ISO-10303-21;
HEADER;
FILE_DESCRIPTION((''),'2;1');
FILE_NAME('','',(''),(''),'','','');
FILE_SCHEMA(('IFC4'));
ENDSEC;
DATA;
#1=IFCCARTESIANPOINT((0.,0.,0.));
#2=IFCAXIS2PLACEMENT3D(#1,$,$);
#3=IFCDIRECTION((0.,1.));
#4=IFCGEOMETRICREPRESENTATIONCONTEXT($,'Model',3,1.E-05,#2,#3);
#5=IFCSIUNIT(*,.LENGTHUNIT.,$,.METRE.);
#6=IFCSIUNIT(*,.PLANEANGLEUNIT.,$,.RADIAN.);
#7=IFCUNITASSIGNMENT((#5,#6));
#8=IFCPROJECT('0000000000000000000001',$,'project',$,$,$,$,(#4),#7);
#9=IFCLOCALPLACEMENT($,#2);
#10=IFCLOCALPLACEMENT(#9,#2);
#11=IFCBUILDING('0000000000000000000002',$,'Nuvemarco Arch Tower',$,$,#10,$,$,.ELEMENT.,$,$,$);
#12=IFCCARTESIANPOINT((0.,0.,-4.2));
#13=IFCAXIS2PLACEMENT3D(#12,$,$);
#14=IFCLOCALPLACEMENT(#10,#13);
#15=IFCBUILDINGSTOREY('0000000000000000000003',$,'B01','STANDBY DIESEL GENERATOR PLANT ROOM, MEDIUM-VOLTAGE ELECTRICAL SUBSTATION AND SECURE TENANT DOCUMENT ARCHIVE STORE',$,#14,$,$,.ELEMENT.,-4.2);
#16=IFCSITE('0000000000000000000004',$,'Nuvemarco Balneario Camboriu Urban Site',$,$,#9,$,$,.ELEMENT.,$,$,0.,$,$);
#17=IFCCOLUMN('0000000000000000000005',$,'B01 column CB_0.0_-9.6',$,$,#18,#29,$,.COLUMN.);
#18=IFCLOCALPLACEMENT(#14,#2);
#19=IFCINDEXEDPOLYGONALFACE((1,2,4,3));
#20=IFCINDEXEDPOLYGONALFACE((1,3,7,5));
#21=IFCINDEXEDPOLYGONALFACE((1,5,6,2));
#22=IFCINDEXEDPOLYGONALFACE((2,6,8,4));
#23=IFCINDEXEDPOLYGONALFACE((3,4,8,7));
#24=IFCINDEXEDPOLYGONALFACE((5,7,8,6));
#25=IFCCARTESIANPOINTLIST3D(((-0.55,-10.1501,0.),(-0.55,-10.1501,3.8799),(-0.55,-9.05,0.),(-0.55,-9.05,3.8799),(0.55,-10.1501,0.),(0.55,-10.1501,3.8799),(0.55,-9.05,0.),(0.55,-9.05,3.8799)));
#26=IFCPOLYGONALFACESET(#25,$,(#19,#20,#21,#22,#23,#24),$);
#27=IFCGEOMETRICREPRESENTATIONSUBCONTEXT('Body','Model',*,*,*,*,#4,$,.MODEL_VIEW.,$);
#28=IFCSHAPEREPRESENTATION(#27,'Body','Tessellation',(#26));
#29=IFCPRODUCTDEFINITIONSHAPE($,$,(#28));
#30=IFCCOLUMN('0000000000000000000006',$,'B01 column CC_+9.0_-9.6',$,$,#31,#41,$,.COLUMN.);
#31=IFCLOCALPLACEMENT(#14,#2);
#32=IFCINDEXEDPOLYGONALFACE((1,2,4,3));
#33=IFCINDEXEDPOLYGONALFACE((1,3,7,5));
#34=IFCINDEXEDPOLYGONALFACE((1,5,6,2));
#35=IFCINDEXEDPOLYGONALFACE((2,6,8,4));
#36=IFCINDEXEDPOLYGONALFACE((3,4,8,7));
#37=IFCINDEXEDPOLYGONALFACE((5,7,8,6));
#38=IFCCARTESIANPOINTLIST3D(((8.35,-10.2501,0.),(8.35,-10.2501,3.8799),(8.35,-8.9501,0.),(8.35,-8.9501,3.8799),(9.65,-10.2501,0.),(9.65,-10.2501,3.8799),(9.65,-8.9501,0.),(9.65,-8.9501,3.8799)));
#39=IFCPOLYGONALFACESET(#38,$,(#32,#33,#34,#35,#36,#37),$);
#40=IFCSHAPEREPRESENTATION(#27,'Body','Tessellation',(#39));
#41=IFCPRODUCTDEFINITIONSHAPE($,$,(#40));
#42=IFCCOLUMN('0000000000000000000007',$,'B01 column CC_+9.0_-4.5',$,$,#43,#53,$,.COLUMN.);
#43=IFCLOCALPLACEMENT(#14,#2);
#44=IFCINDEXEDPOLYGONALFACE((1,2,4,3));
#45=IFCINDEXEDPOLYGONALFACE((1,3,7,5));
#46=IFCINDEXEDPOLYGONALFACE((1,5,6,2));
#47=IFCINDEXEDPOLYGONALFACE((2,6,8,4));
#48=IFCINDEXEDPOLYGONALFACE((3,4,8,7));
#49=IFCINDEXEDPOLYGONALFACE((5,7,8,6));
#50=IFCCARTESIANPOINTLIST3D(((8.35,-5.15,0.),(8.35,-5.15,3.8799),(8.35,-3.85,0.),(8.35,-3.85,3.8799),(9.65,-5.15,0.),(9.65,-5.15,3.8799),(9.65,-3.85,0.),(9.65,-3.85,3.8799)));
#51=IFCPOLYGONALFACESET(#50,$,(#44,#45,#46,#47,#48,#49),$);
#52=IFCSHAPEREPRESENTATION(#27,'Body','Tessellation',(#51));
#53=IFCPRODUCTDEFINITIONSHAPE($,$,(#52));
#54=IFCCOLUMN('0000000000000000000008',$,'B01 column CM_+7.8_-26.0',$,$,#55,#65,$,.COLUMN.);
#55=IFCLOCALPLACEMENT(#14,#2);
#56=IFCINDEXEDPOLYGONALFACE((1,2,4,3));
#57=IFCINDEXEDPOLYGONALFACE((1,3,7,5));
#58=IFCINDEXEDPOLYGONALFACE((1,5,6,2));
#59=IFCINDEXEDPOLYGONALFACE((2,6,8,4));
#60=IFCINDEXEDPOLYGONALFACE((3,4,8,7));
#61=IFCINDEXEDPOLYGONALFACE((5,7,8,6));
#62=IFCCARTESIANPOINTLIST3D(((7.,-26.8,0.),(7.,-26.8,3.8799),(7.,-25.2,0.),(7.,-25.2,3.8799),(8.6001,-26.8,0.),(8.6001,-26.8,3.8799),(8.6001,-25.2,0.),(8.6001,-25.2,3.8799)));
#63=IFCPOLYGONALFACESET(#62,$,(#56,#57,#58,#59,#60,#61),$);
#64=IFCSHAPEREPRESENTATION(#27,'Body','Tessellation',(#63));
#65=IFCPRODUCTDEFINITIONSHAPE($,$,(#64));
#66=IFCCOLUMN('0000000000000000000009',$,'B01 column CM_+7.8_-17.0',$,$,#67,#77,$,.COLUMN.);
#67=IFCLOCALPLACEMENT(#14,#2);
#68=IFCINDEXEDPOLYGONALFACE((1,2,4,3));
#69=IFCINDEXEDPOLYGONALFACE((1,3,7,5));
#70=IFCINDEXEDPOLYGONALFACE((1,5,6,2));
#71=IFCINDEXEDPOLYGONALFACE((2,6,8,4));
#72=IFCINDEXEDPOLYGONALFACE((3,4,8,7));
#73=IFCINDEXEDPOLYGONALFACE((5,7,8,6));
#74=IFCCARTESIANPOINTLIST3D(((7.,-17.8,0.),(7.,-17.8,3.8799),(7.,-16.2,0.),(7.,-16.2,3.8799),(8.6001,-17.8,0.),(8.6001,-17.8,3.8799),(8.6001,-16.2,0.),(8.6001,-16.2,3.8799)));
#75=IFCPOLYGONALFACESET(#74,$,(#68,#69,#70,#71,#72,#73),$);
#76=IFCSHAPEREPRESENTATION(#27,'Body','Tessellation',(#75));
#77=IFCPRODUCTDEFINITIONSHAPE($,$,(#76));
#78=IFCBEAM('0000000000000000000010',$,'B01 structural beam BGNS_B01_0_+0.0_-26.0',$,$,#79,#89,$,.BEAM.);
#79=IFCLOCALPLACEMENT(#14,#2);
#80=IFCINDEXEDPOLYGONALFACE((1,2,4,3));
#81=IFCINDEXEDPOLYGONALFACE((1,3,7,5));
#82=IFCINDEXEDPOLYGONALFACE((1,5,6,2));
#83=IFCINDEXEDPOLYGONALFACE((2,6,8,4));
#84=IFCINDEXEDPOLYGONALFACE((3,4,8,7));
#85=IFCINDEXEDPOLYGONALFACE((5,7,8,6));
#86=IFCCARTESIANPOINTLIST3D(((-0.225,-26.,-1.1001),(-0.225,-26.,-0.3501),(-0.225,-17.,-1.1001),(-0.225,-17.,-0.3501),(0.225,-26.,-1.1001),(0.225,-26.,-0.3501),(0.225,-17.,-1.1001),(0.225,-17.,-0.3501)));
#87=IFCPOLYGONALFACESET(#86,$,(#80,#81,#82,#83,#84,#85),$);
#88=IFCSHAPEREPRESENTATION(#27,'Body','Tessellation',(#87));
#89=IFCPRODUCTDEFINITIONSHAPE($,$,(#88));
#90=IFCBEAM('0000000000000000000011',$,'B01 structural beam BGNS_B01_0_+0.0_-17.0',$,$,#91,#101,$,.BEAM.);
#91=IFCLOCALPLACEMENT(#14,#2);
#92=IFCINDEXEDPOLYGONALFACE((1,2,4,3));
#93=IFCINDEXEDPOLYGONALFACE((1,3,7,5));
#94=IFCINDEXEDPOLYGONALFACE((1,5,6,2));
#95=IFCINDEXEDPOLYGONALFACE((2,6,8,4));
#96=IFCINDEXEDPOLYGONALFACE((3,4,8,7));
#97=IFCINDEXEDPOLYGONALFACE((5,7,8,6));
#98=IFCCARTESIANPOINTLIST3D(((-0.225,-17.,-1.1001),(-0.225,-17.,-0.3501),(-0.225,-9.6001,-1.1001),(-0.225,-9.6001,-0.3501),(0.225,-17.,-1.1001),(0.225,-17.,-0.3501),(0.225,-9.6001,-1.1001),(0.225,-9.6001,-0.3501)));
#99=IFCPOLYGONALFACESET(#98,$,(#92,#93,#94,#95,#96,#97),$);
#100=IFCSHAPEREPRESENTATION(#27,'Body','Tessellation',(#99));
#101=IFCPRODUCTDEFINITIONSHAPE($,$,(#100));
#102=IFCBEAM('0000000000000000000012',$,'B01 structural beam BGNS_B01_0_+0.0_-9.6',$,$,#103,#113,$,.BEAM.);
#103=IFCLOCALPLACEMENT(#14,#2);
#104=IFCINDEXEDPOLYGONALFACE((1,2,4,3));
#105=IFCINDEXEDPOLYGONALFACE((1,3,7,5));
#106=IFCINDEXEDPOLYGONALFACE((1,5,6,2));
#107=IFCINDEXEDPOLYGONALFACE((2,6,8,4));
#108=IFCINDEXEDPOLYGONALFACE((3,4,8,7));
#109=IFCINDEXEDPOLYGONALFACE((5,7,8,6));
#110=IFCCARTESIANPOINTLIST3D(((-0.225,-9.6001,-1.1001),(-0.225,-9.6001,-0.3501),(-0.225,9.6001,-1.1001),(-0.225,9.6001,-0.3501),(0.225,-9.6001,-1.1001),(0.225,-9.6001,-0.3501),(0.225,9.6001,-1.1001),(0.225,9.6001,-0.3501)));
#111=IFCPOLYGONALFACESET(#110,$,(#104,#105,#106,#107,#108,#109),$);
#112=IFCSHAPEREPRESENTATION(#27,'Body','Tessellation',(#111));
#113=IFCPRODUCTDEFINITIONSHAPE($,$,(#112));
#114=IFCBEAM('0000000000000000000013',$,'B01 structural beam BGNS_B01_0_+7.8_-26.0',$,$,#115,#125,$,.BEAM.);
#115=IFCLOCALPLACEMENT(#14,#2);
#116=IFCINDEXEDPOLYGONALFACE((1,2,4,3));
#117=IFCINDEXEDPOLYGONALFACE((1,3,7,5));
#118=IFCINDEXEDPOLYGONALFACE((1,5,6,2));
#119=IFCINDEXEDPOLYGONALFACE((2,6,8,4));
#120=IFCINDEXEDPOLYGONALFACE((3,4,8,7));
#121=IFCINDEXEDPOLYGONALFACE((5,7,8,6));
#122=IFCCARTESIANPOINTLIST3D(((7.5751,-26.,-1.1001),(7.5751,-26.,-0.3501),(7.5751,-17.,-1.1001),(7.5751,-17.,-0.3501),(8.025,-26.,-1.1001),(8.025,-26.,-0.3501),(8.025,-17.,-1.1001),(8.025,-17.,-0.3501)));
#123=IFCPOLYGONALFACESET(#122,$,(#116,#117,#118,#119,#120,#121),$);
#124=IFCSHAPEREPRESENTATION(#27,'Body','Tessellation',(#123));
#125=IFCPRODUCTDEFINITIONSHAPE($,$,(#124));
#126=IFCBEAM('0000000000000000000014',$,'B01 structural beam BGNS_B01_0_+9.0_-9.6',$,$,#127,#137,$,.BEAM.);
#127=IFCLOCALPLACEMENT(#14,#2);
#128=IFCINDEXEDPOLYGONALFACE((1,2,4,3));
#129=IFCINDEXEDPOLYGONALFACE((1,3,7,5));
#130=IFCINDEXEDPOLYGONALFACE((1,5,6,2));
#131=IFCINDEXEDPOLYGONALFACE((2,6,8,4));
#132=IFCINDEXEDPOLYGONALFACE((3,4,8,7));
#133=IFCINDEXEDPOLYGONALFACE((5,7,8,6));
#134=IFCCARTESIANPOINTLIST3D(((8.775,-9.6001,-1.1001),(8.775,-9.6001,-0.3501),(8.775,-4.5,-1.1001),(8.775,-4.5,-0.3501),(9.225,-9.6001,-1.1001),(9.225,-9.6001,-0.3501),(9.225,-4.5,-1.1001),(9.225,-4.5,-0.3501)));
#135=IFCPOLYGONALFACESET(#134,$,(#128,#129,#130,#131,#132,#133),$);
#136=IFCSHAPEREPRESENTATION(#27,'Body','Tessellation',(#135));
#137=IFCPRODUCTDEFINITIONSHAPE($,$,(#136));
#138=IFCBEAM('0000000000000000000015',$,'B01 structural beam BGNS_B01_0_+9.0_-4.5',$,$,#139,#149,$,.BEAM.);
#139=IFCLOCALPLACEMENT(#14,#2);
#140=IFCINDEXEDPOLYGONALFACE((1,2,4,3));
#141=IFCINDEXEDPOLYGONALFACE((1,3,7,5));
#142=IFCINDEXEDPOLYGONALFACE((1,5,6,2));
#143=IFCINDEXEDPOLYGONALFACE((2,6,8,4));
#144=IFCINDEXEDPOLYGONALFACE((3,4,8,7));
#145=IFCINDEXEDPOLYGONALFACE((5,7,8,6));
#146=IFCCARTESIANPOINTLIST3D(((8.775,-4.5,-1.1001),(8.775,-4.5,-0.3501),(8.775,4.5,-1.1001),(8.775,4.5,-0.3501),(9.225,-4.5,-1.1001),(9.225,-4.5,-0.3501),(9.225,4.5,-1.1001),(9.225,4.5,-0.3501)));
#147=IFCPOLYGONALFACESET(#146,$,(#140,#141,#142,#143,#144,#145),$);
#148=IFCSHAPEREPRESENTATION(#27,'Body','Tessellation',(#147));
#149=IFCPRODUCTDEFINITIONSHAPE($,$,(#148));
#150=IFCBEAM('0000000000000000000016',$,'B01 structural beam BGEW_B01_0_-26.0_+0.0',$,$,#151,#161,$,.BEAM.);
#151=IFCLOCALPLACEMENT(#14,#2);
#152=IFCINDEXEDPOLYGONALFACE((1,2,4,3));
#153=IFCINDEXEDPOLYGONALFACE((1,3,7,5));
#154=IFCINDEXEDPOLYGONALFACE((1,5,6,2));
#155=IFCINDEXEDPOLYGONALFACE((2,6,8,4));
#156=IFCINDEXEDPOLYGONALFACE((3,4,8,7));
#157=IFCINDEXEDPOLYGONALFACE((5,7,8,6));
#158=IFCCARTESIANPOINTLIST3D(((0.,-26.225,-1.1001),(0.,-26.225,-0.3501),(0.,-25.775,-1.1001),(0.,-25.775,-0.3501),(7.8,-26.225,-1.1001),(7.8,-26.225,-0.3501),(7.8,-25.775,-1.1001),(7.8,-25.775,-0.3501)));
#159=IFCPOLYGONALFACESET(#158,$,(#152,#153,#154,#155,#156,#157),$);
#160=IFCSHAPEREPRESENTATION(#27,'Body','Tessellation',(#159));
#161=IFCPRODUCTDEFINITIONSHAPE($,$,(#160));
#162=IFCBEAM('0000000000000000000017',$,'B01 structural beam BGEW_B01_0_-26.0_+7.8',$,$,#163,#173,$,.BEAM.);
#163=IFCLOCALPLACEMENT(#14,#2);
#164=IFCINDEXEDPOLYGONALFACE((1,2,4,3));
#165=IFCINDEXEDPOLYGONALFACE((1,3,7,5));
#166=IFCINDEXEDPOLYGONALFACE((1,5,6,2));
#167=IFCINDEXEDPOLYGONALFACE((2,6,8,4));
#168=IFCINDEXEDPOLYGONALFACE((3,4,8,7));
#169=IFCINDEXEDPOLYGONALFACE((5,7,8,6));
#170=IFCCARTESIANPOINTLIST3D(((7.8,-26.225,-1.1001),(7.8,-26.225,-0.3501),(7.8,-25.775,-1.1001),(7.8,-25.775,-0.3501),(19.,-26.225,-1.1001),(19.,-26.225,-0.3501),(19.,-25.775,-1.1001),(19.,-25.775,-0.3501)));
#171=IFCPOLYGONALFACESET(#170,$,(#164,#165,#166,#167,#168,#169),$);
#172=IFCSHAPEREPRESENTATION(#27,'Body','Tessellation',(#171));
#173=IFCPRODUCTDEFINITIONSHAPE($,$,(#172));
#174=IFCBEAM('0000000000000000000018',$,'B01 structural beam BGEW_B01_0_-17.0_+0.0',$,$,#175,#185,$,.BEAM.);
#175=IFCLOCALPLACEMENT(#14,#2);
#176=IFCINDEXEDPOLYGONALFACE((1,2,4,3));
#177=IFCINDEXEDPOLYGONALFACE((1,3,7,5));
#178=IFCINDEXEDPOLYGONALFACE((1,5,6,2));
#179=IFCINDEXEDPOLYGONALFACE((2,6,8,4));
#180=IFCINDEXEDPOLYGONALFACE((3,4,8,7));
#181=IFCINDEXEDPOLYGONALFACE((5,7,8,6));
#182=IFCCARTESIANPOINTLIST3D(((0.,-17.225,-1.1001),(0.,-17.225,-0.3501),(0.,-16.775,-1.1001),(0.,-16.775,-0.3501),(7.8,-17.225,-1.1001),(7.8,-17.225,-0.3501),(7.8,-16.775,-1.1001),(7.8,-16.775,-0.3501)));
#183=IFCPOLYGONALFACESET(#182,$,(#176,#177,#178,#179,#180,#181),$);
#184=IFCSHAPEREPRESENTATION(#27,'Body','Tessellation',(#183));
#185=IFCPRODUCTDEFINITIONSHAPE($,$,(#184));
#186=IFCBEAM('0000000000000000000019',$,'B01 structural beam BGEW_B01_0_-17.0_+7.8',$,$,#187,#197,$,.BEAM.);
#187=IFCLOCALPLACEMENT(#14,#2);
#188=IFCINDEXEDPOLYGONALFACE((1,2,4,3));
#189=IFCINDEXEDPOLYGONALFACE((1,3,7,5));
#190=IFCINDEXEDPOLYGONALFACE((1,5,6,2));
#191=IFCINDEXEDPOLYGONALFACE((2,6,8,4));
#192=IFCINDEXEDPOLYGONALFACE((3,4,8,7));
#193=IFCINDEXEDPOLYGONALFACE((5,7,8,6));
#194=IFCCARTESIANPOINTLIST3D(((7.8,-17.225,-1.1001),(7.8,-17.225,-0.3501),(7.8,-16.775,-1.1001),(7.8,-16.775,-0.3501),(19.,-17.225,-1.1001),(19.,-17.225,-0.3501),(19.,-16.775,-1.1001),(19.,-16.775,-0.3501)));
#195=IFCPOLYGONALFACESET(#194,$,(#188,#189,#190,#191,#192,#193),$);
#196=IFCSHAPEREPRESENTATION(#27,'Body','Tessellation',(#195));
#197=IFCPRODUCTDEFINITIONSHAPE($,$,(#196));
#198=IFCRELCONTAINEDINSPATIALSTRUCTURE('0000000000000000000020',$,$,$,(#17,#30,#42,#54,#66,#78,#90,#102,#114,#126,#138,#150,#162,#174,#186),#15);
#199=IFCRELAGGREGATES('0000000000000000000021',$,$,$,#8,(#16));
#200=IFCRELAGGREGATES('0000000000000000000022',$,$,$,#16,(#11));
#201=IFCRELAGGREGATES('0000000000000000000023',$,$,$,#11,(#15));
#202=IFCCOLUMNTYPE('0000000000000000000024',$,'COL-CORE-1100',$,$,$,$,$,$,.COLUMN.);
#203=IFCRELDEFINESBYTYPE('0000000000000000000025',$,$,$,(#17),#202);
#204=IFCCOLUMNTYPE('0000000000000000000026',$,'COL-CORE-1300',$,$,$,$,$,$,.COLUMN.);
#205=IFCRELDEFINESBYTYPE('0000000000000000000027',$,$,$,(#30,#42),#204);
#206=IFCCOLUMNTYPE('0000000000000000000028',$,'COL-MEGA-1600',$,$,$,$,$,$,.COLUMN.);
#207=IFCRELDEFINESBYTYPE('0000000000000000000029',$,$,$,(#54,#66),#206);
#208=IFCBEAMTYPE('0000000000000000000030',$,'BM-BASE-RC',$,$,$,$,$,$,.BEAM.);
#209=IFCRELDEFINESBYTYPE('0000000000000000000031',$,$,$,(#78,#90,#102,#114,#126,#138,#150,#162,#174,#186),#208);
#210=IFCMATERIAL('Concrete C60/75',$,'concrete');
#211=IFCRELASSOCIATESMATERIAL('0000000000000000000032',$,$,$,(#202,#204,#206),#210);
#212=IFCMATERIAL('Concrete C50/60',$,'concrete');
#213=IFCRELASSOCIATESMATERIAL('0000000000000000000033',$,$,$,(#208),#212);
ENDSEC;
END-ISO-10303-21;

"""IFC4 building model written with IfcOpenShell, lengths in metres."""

from ifc_helpers import new_model, si_unit, direction, frame, origin, origin_2d, place, context, subcontext, project, spatial, rectangle, extrude, material, material_profile, profile_set, type_object, element, save


model = new_model("IFC4")

# Units and contexts
model_context = context("Model", 3, precision=1e-05, world=origin(), true_north=direction((0.0, 1.0)))
body_context = subcontext(model_context, "Body", "Model", "MODEL_VIEW")
ifc_project = project(units=[si_unit("LENGTHUNIT", "METRE"), si_unit("PLANEANGLEUNIT", "RADIAN")], contexts=[model_context])

# Site, building, storey
site_placement = place(None, origin())
site = spatial("IfcSite", under=ifc_project, at=site_placement, Name="Nuvemarco Balneario Camboriu Urban Site", CompositionType="ELEMENT", RefElevation=0.0)
building_placement = place(site_placement, origin())
building = spatial("IfcBuilding", under=site, at=building_placement, Name="Nuvemarco Arch Tower", CompositionType="ELEMENT")
storey_placement = place(building_placement, frame((0.0, 0.0, -4.2)))
storey = spatial("IfcBuildingStorey", under=building, at=storey_placement, Name="B01", Description="STANDBY DIESEL GENERATOR PLANT ROOM, MEDIUM-VOLTAGE ELECTRICAL SUBSTATION AND SECURE TENANT DOCUMENT ARCHIVE STORE", CompositionType="ELEMENT", Elevation=-4.2)

# Columns
ifc_material_1 = material(Name="Concrete C60/75", Category="concrete")
ifc_material_profile_1 = material_profile(ifc_material_1, rectangle(XDim=1.1001, YDim=1.1001, at=origin_2d()), Name="RC-COL-1100x1100")
ifc_profile_set_1 = profile_set([ifc_material_profile_1], Name="Concrete C60/75")
column_type_1 = type_object("IfcColumnType", Name="COL-CORE-1100", PredefinedType="COLUMN", material=ifc_profile_set_1)
column_placement = place(storey_placement, frame((0.0, -9.6001, 0.0), z_axis=(0.0, 0.0, 1.0), x_axis=(1.0, 0.0, 0.0)))
element("IfcColumn", 1, at=column_placement, inside=storey, type_object=column_type_1, Name="B01 column CB_0.0_-9.6", PredefinedType="COLUMN", context=body_context, shape_type="SweptSolid", body=[
    extrude(rectangle(XDim=1.1001, YDim=1.1001, at=origin_2d()), origin(), (0.0, 0.0, 1.0), 3.8799),
])
ifc_material_profile_2 = material_profile(ifc_material_1, rectangle(XDim=1.3, YDim=1.3, at=origin_2d()), Name="RC-COL-1300x1300")
ifc_profile_set_2 = profile_set([ifc_material_profile_2], Name="Concrete C60/75")
column_type_2 = type_object("IfcColumnType", Name="COL-CORE-1300", PredefinedType="COLUMN", material=ifc_profile_set_2)
for number, where, z_axis, x_axis, name in (
    (2, (9.0, -9.6001, 0.0), (0.0, 0.0, 1.0), (1.0, 0.0, 0.0), "B01 column CC_+9.0_-9.6"),
    (3, (9.0, -4.5, 0.0), (0.0, 0.0, 1.0), (1.0, 0.0, 0.0), "B01 column CC_+9.0_-4.5"),
):
    element("IfcColumn", number, at=place(storey_placement, frame(where, z_axis=z_axis, x_axis=x_axis)), inside=storey, type_object=column_type_2, Name=name, PredefinedType="COLUMN", context=body_context, shape_type="SweptSolid", body=[
        extrude(rectangle(XDim=1.3, YDim=1.3, at=origin_2d()), origin(), (0.0, 0.0, 1.0), 3.8799),
    ])
ifc_material_profile_3 = material_profile(ifc_material_1, rectangle(XDim=1.6001, YDim=1.6001, at=origin_2d()), Name="RC-COL-1600x1600")
ifc_profile_set_3 = profile_set([ifc_material_profile_3], Name="Concrete C60/75")
column_type_3 = type_object("IfcColumnType", Name="COL-MEGA-1600", PredefinedType="COLUMN", material=ifc_profile_set_3)
for number, where, z_axis, x_axis, name in (
    (4, (7.8, -26.0, 0.0), (0.0, 0.0, 1.0), (1.0, 0.0, 0.0), "B01 column CM_+7.8_-26.0"),
    (5, (7.8, -17.0, 0.0), (0.0, 0.0, 1.0), (1.0, 0.0, 0.0), "B01 column CM_+7.8_-17.0"),
):
    element("IfcColumn", number, at=place(storey_placement, frame(where, z_axis=z_axis, x_axis=x_axis)), inside=storey, type_object=column_type_3, Name=name, PredefinedType="COLUMN", context=body_context, shape_type="SweptSolid", body=[
        extrude(rectangle(XDim=1.6001, YDim=1.6001, at=origin_2d()), origin(), (0.0, 0.0, 1.0), 3.8799),
    ])

# Beams
ifc_material_2 = material(Name="Concrete C50/60", Category="concrete")
ifc_material_profile_4 = material_profile(ifc_material_2, rectangle(XDim=0.45, YDim=0.75, at=origin_2d()), Name="RC-BM-450x750")
ifc_profile_set_4 = profile_set([ifc_material_profile_4], Name="Concrete C50/60")
beam_type_1 = type_object("IfcBeamType", Name="BM-BASE-RC", PredefinedType="BEAM", material=ifc_profile_set_4)
beam_1_placement = place(storey_placement, frame((0.0, -26.0, -0.7251), z_axis=(0.0, 1.0, 0.0), x_axis=(-1.0, 0.0, 0.0)))
element("IfcBeam", 6, at=beam_1_placement, inside=storey, type_object=beam_type_1, Name="B01 structural beam BGNS_B01_0_+0.0_-26.0", PredefinedType="BEAM", context=body_context, shape_type="SweptSolid", body=[
    extrude(rectangle(XDim=0.45, YDim=0.75, at=origin_2d()), origin(), (0.0, 0.0, 1.0), 9.0),
])
beam_2_placement = place(storey_placement, frame((0.0, -17.0, -0.7251), z_axis=(0.0, 1.0, 0.0), x_axis=(-1.0, 0.0, 0.0)))
element("IfcBeam", 7, at=beam_2_placement, inside=storey, type_object=beam_type_1, Name="B01 structural beam BGNS_B01_0_+0.0_-17.0", PredefinedType="BEAM", context=body_context, shape_type="SweptSolid", body=[
    extrude(rectangle(XDim=0.45, YDim=0.75, at=origin_2d()), origin(), (0.0, 0.0, 1.0), 7.3999),
])
beam_3_placement = place(storey_placement, frame((0.0, -9.6001, -0.7251), z_axis=(0.0, 1.0, 0.0), x_axis=(-1.0, 0.0, 0.0)))
element("IfcBeam", 8, at=beam_3_placement, inside=storey, type_object=beam_type_1, Name="B01 structural beam BGNS_B01_0_+0.0_-9.6", PredefinedType="BEAM", context=body_context, shape_type="SweptSolid", body=[
    extrude(rectangle(XDim=0.45, YDim=0.75, at=origin_2d()), origin(), (0.0, 0.0, 1.0), 19.2002),
])
beam_4_placement = place(storey_placement, frame((7.8, -26.0, -0.7251), z_axis=(0.0, 1.0, 0.0), x_axis=(-1.0, 0.0, 0.0)))
element("IfcBeam", 9, at=beam_4_placement, inside=storey, type_object=beam_type_1, Name="B01 structural beam BGNS_B01_0_+7.8_-26.0", PredefinedType="BEAM", context=body_context, shape_type="SweptSolid", body=[
    extrude(rectangle(XDim=0.45, YDim=0.75, at=origin_2d()), origin(), (0.0, 0.0, 1.0), 9.0),
])
beam_5_placement = place(storey_placement, frame((9.0, -9.6001, -0.7251), z_axis=(0.0, 1.0, 0.0), x_axis=(-1.0, 0.0, 0.0)))
element("IfcBeam", 10, at=beam_5_placement, inside=storey, type_object=beam_type_1, Name="B01 structural beam BGNS_B01_0_+9.0_-9.6", PredefinedType="BEAM", context=body_context, shape_type="SweptSolid", body=[
    extrude(rectangle(XDim=0.45, YDim=0.75, at=origin_2d()), origin(), (0.0, 0.0, 1.0), 5.1001),
])
beam_6_placement = place(storey_placement, frame((9.0, -4.5, -0.7251), z_axis=(0.0, 1.0, 0.0), x_axis=(-1.0, 0.0, 0.0)))
element("IfcBeam", 11, at=beam_6_placement, inside=storey, type_object=beam_type_1, Name="B01 structural beam BGNS_B01_0_+9.0_-4.5", PredefinedType="BEAM", context=body_context, shape_type="SweptSolid", body=[
    extrude(rectangle(XDim=0.45, YDim=0.75, at=origin_2d()), origin(), (0.0, 0.0, 1.0), 9.0),
])
beam_7_placement = place(storey_placement, frame((0.0, -26.0, -0.7251), z_axis=(1.0, 0.0, 0.0), x_axis=(0.0, 1.0, 0.0)))
element("IfcBeam", 12, at=beam_7_placement, inside=storey, type_object=beam_type_1, Name="B01 structural beam BGEW_B01_0_-26.0_+0.0", PredefinedType="BEAM", context=body_context, shape_type="SweptSolid", body=[
    extrude(rectangle(XDim=0.45, YDim=0.75, at=origin_2d()), origin(), (0.0, 0.0, 1.0), 7.8),
])
beam_8_placement = place(storey_placement, frame((7.8, -26.0, -0.7251), z_axis=(1.0, 0.0, 0.0), x_axis=(0.0, 1.0, 0.0)))
element("IfcBeam", 13, at=beam_8_placement, inside=storey, type_object=beam_type_1, Name="B01 structural beam BGEW_B01_0_-26.0_+7.8", PredefinedType="BEAM", context=body_context, shape_type="SweptSolid", body=[
    extrude(rectangle(XDim=0.45, YDim=0.75, at=origin_2d()), origin(), (0.0, 0.0, 1.0), 11.2),
])
beam_9_placement = place(storey_placement, frame((0.0, -17.0, -0.7251), z_axis=(1.0, 0.0, 0.0), x_axis=(0.0, 1.0, 0.0)))
element("IfcBeam", 14, at=beam_9_placement, inside=storey, type_object=beam_type_1, Name="B01 structural beam BGEW_B01_0_-17.0_+0.0", PredefinedType="BEAM", context=body_context, shape_type="SweptSolid", body=[
    extrude(rectangle(XDim=0.45, YDim=0.75, at=origin_2d()), origin(), (0.0, 0.0, 1.0), 7.8),
])
beam_10_placement = place(storey_placement, frame((7.8, -17.0, -0.7251), z_axis=(1.0, 0.0, 0.0), x_axis=(0.0, 1.0, 0.0)))
element("IfcBeam", 15, at=beam_10_placement, inside=storey, type_object=beam_type_1, Name="B01 structural beam BGEW_B01_0_-17.0_+7.8", PredefinedType="BEAM", context=body_context, shape_type="SweptSolid", body=[
    extrude(rectangle(XDim=0.45, YDim=0.75, at=origin_2d()), origin(), (0.0, 0.0, 1.0), 11.2),
])

save(model, "model.ifc")
